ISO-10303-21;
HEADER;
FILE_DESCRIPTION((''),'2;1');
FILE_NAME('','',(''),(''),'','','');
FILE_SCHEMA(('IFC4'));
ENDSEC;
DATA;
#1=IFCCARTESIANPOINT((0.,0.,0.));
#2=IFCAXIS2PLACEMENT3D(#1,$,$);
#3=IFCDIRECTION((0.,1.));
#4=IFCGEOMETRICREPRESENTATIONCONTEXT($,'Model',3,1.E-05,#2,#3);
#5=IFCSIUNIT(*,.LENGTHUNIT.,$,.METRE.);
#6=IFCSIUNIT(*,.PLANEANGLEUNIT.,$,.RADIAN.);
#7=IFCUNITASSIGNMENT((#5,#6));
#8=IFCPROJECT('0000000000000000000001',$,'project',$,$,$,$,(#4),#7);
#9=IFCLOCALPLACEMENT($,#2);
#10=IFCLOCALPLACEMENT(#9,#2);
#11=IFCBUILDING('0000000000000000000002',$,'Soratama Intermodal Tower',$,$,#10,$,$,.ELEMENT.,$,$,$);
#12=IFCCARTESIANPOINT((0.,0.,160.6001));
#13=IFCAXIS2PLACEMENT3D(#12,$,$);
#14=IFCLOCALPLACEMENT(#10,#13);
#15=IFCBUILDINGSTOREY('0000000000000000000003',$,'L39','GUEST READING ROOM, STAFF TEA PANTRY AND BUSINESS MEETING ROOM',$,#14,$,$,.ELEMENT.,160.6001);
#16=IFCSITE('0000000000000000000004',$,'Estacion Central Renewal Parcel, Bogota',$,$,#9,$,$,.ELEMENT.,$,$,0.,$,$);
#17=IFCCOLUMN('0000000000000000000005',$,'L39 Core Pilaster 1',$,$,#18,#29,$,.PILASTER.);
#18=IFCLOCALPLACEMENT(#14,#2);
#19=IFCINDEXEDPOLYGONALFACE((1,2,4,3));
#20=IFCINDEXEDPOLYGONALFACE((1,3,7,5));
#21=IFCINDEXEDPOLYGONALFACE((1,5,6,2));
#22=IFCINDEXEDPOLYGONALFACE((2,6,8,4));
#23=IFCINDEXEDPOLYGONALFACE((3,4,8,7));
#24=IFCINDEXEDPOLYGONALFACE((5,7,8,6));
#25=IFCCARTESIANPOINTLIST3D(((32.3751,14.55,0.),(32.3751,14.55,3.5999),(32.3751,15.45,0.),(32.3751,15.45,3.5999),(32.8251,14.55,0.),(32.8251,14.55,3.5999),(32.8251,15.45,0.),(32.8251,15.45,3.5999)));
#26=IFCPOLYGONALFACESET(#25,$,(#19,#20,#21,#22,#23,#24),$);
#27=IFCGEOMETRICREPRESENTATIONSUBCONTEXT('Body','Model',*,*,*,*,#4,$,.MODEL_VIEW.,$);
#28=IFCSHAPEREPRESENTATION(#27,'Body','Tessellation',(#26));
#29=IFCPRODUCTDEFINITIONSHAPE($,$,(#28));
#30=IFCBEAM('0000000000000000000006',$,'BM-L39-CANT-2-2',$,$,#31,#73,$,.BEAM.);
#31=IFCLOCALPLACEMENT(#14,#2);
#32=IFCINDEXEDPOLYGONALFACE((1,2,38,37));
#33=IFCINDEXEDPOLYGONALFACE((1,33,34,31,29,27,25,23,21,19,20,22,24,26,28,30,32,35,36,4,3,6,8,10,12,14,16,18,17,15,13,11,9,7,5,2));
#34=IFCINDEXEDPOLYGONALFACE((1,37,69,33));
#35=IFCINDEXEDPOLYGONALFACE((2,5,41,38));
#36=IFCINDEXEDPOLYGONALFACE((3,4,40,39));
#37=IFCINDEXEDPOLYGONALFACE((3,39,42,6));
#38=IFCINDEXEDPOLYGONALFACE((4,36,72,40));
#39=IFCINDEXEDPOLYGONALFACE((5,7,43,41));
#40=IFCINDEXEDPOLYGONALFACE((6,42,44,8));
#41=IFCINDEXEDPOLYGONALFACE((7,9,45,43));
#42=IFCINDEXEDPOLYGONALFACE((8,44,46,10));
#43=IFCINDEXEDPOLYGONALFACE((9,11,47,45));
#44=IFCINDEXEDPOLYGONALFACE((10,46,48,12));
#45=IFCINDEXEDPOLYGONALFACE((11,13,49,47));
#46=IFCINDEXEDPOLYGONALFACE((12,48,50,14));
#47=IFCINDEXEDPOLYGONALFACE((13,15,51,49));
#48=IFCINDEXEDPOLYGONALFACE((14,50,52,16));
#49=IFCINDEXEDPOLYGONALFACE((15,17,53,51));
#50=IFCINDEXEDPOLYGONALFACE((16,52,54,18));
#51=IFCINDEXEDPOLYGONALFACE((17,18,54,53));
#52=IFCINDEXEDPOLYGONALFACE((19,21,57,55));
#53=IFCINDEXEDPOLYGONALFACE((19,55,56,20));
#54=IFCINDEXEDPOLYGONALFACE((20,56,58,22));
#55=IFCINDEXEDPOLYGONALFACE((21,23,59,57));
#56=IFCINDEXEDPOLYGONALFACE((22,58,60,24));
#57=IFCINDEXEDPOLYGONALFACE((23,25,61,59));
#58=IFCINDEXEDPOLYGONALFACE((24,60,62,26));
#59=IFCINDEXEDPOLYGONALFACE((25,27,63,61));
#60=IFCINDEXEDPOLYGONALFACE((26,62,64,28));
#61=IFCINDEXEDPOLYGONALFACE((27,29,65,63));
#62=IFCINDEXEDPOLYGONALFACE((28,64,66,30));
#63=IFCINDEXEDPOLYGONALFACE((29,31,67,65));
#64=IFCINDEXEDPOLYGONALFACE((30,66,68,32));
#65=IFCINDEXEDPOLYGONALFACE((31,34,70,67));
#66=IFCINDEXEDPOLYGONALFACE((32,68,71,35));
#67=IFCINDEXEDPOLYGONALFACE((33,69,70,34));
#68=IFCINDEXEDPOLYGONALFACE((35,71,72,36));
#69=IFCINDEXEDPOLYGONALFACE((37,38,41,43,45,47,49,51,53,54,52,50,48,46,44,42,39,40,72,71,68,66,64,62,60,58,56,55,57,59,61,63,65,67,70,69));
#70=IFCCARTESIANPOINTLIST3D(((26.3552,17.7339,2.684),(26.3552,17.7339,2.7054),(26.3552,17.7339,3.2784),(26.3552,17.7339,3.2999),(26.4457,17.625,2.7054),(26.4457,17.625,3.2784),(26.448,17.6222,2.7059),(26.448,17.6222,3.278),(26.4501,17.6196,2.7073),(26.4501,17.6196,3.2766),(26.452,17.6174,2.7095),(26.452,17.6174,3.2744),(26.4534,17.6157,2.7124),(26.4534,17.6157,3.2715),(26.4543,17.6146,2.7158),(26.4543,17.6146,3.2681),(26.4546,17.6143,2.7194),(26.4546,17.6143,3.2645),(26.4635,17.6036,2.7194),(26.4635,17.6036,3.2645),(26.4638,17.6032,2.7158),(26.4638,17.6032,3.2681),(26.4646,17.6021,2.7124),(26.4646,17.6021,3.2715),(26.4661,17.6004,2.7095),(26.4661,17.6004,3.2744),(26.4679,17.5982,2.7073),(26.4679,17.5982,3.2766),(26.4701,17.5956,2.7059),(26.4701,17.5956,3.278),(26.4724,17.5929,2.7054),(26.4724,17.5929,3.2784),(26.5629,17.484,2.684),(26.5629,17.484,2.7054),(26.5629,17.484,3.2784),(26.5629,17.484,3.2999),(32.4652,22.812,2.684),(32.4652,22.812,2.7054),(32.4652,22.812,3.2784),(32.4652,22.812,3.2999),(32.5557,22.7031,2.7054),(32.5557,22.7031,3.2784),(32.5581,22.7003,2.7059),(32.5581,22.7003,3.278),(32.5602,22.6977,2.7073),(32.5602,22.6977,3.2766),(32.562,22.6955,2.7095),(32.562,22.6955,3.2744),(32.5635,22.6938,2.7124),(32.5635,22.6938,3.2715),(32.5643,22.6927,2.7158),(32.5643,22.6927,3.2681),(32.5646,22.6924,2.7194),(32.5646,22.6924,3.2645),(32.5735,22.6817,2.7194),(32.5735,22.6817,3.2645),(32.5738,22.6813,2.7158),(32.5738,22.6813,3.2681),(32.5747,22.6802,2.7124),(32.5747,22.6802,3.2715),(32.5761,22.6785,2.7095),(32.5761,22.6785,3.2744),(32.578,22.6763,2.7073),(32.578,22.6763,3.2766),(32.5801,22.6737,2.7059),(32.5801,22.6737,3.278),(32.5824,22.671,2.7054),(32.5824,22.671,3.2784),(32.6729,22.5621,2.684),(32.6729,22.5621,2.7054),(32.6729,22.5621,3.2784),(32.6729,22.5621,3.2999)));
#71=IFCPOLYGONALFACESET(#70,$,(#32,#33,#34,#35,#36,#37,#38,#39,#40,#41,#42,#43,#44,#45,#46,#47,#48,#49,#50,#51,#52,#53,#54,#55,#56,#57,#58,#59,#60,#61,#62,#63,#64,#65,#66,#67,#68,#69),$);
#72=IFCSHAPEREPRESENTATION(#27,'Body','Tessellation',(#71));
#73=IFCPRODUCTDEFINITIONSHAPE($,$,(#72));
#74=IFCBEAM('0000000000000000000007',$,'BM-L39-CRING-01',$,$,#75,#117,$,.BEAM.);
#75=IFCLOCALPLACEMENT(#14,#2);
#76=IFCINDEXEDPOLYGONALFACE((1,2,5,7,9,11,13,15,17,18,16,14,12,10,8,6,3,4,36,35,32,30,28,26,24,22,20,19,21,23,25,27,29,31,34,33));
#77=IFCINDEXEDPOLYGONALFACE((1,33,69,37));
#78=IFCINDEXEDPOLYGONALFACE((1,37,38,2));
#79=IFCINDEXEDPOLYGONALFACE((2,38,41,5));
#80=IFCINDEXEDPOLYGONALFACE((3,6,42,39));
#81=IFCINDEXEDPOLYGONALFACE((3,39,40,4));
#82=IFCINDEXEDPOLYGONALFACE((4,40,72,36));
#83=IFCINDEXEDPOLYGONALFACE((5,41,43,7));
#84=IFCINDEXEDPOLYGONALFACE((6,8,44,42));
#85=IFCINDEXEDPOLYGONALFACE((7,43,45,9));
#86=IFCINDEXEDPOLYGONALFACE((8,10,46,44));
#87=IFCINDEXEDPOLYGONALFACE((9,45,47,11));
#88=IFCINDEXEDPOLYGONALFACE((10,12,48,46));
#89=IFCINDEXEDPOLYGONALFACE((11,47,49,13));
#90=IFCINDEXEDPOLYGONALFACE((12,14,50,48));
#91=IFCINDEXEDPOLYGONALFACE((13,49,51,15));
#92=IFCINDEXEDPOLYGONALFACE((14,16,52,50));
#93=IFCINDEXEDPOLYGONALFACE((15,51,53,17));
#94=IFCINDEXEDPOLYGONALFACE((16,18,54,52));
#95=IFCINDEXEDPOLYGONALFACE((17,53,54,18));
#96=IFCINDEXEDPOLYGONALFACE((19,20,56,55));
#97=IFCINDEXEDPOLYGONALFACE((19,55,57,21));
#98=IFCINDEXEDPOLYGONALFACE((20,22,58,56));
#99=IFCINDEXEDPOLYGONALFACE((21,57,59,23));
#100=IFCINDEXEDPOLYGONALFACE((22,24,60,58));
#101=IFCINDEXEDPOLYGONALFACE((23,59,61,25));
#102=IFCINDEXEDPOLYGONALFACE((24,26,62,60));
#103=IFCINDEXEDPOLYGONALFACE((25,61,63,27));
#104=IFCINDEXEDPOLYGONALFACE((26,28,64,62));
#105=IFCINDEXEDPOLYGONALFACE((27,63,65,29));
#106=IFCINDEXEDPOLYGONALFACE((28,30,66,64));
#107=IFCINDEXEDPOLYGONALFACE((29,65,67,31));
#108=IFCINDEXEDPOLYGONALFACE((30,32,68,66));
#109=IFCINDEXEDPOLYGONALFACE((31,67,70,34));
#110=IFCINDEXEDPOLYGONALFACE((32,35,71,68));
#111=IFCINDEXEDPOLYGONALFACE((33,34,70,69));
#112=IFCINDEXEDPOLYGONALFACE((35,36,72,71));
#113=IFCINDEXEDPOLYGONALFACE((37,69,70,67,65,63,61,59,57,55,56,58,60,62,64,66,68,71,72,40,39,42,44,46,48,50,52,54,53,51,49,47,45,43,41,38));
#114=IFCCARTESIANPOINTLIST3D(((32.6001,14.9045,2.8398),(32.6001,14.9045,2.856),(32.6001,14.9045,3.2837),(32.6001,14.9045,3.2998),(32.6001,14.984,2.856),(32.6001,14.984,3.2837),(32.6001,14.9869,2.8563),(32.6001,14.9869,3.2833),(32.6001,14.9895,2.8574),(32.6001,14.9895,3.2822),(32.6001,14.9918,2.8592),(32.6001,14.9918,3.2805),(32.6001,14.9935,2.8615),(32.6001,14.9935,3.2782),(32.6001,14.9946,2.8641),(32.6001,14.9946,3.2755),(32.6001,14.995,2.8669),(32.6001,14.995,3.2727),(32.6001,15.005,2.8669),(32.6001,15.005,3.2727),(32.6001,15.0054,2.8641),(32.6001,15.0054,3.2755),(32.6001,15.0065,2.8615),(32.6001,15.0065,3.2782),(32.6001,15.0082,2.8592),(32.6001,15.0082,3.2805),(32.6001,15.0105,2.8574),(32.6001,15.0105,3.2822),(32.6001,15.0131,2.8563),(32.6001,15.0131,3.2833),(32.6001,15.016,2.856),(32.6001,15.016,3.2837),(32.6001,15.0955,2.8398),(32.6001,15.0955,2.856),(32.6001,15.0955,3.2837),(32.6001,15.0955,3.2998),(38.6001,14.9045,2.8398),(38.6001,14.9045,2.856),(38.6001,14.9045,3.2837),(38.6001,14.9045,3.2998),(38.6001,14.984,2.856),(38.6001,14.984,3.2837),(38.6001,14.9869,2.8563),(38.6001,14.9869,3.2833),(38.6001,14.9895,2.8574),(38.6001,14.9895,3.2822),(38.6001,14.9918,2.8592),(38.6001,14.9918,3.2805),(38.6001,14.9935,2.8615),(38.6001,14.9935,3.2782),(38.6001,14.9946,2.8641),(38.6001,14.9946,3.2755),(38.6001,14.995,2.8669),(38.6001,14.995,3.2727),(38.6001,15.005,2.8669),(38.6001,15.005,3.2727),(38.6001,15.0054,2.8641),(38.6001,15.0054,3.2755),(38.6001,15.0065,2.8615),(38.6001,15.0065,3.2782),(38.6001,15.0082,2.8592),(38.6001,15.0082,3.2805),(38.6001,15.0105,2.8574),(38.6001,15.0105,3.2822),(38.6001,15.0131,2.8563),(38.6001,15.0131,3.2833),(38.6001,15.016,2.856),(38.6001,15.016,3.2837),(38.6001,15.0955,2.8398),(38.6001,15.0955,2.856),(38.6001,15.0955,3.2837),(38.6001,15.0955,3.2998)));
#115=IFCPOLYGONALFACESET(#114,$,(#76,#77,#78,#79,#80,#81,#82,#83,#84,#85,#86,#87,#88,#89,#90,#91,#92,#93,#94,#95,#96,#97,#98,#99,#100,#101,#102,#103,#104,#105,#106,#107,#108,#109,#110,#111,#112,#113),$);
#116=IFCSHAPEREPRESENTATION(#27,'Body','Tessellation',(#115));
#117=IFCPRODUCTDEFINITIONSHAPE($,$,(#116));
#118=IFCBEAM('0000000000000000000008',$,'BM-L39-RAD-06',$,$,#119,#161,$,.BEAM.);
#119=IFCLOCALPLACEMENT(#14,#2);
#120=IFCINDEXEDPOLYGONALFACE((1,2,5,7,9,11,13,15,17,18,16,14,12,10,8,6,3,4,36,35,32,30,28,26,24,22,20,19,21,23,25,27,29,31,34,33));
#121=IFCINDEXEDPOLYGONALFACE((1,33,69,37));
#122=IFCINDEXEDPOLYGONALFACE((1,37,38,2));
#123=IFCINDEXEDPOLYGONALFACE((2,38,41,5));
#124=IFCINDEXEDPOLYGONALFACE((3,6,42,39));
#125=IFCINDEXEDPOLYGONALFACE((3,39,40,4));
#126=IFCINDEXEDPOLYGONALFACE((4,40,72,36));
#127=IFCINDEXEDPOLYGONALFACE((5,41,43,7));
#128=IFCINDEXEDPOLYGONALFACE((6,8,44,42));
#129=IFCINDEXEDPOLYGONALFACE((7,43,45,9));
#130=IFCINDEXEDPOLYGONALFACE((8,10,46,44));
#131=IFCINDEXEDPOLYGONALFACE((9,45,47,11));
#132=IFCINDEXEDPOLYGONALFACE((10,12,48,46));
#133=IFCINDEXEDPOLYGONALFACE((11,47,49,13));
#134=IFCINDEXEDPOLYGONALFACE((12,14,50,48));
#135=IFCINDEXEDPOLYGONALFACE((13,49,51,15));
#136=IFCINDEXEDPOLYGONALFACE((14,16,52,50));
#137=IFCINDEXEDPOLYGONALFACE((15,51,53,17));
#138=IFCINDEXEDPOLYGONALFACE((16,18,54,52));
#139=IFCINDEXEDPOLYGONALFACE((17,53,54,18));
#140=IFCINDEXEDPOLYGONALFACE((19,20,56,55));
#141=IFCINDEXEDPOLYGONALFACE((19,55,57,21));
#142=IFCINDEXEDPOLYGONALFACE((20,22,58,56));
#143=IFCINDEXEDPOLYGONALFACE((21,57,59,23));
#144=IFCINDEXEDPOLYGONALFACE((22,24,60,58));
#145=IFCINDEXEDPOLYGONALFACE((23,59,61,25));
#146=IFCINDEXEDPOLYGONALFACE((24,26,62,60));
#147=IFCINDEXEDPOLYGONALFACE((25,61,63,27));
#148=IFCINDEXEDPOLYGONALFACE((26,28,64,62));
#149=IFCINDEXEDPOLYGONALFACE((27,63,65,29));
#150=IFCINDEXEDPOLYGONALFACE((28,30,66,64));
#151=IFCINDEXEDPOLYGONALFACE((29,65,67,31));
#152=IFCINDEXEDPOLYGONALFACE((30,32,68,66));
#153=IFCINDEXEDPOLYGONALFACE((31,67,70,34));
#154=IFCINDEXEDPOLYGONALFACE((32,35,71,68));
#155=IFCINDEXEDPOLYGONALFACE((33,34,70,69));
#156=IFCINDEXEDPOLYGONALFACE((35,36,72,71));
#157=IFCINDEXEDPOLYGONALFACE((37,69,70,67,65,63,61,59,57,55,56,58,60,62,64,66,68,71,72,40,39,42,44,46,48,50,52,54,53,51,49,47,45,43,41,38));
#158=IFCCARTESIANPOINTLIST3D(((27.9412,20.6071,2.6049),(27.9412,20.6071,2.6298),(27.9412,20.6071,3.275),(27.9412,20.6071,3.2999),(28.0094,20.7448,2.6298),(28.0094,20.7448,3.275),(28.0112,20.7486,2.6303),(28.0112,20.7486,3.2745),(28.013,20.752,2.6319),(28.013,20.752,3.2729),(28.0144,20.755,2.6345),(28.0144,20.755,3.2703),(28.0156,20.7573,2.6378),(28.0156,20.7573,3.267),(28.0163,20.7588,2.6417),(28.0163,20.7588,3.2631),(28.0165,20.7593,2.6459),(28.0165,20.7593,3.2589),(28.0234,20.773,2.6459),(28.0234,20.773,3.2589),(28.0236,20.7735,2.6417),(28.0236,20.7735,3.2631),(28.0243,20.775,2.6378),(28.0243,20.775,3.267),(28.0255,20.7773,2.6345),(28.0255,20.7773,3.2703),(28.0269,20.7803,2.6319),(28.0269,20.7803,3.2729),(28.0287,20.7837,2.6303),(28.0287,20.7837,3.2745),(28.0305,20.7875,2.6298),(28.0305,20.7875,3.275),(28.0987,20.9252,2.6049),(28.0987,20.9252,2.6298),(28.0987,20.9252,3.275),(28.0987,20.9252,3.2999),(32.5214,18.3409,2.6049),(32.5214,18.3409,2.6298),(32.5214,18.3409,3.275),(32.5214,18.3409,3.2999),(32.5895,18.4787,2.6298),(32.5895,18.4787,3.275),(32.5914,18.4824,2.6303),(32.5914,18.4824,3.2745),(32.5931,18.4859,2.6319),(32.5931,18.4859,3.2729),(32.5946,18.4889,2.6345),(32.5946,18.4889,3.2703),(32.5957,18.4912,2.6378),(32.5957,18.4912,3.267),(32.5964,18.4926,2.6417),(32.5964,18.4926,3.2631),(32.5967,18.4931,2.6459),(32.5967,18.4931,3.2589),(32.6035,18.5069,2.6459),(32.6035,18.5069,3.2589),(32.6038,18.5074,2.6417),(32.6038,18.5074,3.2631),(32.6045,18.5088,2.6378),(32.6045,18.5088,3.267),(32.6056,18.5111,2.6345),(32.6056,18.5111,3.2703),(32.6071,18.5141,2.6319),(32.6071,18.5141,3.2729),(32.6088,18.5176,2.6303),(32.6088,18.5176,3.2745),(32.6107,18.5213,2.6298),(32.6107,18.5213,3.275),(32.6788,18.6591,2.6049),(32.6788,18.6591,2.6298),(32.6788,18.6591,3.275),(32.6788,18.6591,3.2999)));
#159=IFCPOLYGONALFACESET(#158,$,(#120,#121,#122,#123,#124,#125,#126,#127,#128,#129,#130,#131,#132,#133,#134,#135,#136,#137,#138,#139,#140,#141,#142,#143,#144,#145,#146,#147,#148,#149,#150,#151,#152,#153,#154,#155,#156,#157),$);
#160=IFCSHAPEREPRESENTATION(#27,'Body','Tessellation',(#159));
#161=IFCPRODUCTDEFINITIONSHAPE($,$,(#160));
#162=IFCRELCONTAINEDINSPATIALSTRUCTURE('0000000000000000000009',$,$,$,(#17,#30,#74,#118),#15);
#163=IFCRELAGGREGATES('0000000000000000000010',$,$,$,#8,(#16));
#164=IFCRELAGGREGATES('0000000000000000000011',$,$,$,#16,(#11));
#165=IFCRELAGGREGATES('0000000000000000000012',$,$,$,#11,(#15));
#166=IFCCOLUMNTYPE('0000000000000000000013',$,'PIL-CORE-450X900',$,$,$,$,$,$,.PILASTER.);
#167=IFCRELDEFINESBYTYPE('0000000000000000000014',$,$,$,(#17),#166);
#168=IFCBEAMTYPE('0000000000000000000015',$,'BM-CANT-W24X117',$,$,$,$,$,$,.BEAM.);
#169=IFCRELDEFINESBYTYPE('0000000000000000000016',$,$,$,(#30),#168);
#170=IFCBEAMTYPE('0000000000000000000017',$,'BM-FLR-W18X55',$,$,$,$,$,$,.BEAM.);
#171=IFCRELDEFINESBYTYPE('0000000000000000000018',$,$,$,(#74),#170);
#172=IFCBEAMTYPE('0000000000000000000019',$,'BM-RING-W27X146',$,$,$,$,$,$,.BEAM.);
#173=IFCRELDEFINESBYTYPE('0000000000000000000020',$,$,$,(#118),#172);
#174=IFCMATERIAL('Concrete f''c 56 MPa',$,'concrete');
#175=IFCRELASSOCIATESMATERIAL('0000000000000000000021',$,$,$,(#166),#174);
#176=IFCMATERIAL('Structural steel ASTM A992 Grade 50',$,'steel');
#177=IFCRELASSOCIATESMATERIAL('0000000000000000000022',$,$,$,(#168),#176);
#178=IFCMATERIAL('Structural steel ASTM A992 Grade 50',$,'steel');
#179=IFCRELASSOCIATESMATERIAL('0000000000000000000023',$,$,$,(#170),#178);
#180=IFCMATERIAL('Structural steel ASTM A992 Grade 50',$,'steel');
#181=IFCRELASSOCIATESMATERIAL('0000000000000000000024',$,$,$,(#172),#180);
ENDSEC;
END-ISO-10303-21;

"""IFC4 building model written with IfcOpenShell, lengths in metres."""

from ifc_helpers import new_model, si_unit, direction, frame, origin, origin_2d, place, context, subcontext, project, spatial, rectangle, i_section, extrude, material, material_profile, profile_set, type_object, element, save


model = new_model("IFC4")

# Units and contexts
model_context = context("Model", 3, precision=1e-05, world=origin(), true_north=direction((0.0, 1.0)))
body_context = subcontext(model_context, "Body", "Model", "MODEL_VIEW")
ifc_project = project(units=[si_unit("LENGTHUNIT", "METRE"), si_unit("PLANEANGLEUNIT", "RADIAN")], contexts=[model_context])

# Site, building, storey
site_placement = place(None, origin())
site = spatial("IfcSite", under=ifc_project, at=site_placement, Name="Estacion Central Renewal Parcel, Bogota", CompositionType="ELEMENT", RefElevation=0.0)
building_placement = place(site_placement, origin())
building = spatial("IfcBuilding", under=site, at=building_placement, Name="Soratama Intermodal Tower", CompositionType="ELEMENT")
storey_placement = place(building_placement, frame((0.0, 0.0, 160.6001)))
storey = spatial("IfcBuildingStorey", under=building, at=storey_placement, Name="L39", Description="GUEST READING ROOM, STAFF TEA PANTRY AND BUSINESS MEETING ROOM", CompositionType="ELEMENT", Elevation=160.6001)

# Column
ifc_material_1 = material(Name="Concrete f'c 56 MPa", Category="concrete")
ifc_material_profile_1 = material_profile(ifc_material_1, rectangle(XDim=0.45, YDim=0.8999, at=origin_2d()), Name="RC450X900")
ifc_profile_set_1 = profile_set([ifc_material_profile_1], Name="Concrete f'c 56 MPa")
column_type = type_object("IfcColumnType", Name="PIL-CORE-450X900", PredefinedType="PILASTER", material=ifc_profile_set_1)
column_placement = place(storey_placement, frame((32.6001, 15.0, 0.0), z_axis=(0.0, 0.0, 1.0), x_axis=(1.0, 0.0, 0.0)))
element("IfcColumn", 1, at=column_placement, inside=storey, type_object=column_type, Name="L39 Core Pilaster 1", PredefinedType="PILASTER", context=body_context, shape_type="SweptSolid", body=[
    extrude(rectangle(XDim=0.45, YDim=0.8999, at=origin_2d()), origin(), (0.0, 0.0, 1.0), 3.5999),
])

# Beams
ifc_material_2 = material(Name="Structural steel ASTM A992 Grade 50", Category="steel")
ifc_material_profile_2 = material_profile(ifc_material_2, i_section(OverallWidth=0.325, OverallDepth=0.616, WebThickness=0.0139, FlangeThickness=0.0215, FilletRadius=0.0139, at=origin_2d()), Name="W24X117")
ifc_profile_set_2 = profile_set([ifc_material_profile_2], Name="Structural steel ASTM A992 Grade 50")
beam_type_1 = type_object("IfcBeamType", Name="BM-CANT-W24X117", PredefinedType="BEAM", material=ifc_profile_set_2)
beam_1_placement = place(storey_placement, frame((32.5691, 22.687, 2.9919), z_axis=(-0.769064, -0.639171, 0.0), x_axis=(0.639171, -0.769064, 0.0)))
element("IfcBeam", 2, at=beam_1_placement, inside=storey, type_object=beam_type_1, Name="BM-L39-CANT-2-2", PredefinedType="BEAM", context=body_context, shape_type="SweptSolid", body=[
    extrude(i_section(OverallWidth=0.325, OverallDepth=0.616, WebThickness=0.0139, FlangeThickness=0.0215, FilletRadius=0.0139, at=origin_2d()), origin(), (0.0, 0.0, 1.0), 7.9448),
])
ifc_material_3 = material(Name="Structural steel ASTM A992 Grade 50", Category="steel")
ifc_material_profile_3 = material_profile(ifc_material_3, i_section(OverallWidth=0.1909, OverallDepth=0.46, WebThickness=0.01, FlangeThickness=0.0161, FilletRadius=0.011, at=origin_2d()), Name="W18X55")
ifc_profile_set_3 = profile_set([ifc_material_profile_3], Name="Structural steel ASTM A992 Grade 50")
beam_type_2 = type_object("IfcBeamType", Name="BM-FLR-W18X55", PredefinedType="BEAM", material=ifc_profile_set_3)
beam_2_placement = place(storey_placement, frame((32.6001, 15.0, 3.0698), z_axis=(1.0, 0.0, 0.0), x_axis=(0.0, 1.0, 0.0)))
element("IfcBeam", 3, at=beam_2_placement, inside=storey, type_object=beam_type_2, Name="BM-L39-CRING-01", PredefinedType="BEAM", context=body_context, shape_type="SweptSolid", body=[
    extrude(i_section(OverallWidth=0.1909, OverallDepth=0.46, WebThickness=0.01, FlangeThickness=0.0161, FilletRadius=0.011, at=origin_2d()), origin(), (0.0, 0.0, 1.0), 6.0),
])
ifc_material_4 = material(Name="Structural steel ASTM A992 Grade 50", Category="steel")
ifc_material_profile_4 = material_profile(ifc_material_4, i_section(OverallWidth=0.355, OverallDepth=0.6951, WebThickness=0.0154, FlangeThickness=0.0249, FilletRadius=0.0161, at=origin_2d()), Name="W27X146")
ifc_profile_set_4 = profile_set([ifc_material_profile_4], Name="Structural steel ASTM A992 Grade 50")
beam_type_3 = type_object("IfcBeamType", Name="BM-RING-W27X146", PredefinedType="BEAM", material=ifc_profile_set_4)
beam_3_placement = place(storey_placement, frame((32.6001, 18.5, 2.9524), z_axis=(-0.896292, 0.443464, 0.0), x_axis=(-0.443464, -0.896292, 0.0)))
element("IfcBeam", 4, at=beam_3_placement, inside=storey, type_object=beam_type_3, Name="BM-L39-RAD-06", PredefinedType="BEAM", context=body_context, shape_type="SweptSolid", body=[
    extrude(i_section(OverallWidth=0.355, OverallDepth=0.6951, WebThickness=0.0154, FlangeThickness=0.0249, FilletRadius=0.0161, at=origin_2d()), origin(), (0.0, 0.0, 1.0), 5.1101),
])

save(model, "model.ifc")
